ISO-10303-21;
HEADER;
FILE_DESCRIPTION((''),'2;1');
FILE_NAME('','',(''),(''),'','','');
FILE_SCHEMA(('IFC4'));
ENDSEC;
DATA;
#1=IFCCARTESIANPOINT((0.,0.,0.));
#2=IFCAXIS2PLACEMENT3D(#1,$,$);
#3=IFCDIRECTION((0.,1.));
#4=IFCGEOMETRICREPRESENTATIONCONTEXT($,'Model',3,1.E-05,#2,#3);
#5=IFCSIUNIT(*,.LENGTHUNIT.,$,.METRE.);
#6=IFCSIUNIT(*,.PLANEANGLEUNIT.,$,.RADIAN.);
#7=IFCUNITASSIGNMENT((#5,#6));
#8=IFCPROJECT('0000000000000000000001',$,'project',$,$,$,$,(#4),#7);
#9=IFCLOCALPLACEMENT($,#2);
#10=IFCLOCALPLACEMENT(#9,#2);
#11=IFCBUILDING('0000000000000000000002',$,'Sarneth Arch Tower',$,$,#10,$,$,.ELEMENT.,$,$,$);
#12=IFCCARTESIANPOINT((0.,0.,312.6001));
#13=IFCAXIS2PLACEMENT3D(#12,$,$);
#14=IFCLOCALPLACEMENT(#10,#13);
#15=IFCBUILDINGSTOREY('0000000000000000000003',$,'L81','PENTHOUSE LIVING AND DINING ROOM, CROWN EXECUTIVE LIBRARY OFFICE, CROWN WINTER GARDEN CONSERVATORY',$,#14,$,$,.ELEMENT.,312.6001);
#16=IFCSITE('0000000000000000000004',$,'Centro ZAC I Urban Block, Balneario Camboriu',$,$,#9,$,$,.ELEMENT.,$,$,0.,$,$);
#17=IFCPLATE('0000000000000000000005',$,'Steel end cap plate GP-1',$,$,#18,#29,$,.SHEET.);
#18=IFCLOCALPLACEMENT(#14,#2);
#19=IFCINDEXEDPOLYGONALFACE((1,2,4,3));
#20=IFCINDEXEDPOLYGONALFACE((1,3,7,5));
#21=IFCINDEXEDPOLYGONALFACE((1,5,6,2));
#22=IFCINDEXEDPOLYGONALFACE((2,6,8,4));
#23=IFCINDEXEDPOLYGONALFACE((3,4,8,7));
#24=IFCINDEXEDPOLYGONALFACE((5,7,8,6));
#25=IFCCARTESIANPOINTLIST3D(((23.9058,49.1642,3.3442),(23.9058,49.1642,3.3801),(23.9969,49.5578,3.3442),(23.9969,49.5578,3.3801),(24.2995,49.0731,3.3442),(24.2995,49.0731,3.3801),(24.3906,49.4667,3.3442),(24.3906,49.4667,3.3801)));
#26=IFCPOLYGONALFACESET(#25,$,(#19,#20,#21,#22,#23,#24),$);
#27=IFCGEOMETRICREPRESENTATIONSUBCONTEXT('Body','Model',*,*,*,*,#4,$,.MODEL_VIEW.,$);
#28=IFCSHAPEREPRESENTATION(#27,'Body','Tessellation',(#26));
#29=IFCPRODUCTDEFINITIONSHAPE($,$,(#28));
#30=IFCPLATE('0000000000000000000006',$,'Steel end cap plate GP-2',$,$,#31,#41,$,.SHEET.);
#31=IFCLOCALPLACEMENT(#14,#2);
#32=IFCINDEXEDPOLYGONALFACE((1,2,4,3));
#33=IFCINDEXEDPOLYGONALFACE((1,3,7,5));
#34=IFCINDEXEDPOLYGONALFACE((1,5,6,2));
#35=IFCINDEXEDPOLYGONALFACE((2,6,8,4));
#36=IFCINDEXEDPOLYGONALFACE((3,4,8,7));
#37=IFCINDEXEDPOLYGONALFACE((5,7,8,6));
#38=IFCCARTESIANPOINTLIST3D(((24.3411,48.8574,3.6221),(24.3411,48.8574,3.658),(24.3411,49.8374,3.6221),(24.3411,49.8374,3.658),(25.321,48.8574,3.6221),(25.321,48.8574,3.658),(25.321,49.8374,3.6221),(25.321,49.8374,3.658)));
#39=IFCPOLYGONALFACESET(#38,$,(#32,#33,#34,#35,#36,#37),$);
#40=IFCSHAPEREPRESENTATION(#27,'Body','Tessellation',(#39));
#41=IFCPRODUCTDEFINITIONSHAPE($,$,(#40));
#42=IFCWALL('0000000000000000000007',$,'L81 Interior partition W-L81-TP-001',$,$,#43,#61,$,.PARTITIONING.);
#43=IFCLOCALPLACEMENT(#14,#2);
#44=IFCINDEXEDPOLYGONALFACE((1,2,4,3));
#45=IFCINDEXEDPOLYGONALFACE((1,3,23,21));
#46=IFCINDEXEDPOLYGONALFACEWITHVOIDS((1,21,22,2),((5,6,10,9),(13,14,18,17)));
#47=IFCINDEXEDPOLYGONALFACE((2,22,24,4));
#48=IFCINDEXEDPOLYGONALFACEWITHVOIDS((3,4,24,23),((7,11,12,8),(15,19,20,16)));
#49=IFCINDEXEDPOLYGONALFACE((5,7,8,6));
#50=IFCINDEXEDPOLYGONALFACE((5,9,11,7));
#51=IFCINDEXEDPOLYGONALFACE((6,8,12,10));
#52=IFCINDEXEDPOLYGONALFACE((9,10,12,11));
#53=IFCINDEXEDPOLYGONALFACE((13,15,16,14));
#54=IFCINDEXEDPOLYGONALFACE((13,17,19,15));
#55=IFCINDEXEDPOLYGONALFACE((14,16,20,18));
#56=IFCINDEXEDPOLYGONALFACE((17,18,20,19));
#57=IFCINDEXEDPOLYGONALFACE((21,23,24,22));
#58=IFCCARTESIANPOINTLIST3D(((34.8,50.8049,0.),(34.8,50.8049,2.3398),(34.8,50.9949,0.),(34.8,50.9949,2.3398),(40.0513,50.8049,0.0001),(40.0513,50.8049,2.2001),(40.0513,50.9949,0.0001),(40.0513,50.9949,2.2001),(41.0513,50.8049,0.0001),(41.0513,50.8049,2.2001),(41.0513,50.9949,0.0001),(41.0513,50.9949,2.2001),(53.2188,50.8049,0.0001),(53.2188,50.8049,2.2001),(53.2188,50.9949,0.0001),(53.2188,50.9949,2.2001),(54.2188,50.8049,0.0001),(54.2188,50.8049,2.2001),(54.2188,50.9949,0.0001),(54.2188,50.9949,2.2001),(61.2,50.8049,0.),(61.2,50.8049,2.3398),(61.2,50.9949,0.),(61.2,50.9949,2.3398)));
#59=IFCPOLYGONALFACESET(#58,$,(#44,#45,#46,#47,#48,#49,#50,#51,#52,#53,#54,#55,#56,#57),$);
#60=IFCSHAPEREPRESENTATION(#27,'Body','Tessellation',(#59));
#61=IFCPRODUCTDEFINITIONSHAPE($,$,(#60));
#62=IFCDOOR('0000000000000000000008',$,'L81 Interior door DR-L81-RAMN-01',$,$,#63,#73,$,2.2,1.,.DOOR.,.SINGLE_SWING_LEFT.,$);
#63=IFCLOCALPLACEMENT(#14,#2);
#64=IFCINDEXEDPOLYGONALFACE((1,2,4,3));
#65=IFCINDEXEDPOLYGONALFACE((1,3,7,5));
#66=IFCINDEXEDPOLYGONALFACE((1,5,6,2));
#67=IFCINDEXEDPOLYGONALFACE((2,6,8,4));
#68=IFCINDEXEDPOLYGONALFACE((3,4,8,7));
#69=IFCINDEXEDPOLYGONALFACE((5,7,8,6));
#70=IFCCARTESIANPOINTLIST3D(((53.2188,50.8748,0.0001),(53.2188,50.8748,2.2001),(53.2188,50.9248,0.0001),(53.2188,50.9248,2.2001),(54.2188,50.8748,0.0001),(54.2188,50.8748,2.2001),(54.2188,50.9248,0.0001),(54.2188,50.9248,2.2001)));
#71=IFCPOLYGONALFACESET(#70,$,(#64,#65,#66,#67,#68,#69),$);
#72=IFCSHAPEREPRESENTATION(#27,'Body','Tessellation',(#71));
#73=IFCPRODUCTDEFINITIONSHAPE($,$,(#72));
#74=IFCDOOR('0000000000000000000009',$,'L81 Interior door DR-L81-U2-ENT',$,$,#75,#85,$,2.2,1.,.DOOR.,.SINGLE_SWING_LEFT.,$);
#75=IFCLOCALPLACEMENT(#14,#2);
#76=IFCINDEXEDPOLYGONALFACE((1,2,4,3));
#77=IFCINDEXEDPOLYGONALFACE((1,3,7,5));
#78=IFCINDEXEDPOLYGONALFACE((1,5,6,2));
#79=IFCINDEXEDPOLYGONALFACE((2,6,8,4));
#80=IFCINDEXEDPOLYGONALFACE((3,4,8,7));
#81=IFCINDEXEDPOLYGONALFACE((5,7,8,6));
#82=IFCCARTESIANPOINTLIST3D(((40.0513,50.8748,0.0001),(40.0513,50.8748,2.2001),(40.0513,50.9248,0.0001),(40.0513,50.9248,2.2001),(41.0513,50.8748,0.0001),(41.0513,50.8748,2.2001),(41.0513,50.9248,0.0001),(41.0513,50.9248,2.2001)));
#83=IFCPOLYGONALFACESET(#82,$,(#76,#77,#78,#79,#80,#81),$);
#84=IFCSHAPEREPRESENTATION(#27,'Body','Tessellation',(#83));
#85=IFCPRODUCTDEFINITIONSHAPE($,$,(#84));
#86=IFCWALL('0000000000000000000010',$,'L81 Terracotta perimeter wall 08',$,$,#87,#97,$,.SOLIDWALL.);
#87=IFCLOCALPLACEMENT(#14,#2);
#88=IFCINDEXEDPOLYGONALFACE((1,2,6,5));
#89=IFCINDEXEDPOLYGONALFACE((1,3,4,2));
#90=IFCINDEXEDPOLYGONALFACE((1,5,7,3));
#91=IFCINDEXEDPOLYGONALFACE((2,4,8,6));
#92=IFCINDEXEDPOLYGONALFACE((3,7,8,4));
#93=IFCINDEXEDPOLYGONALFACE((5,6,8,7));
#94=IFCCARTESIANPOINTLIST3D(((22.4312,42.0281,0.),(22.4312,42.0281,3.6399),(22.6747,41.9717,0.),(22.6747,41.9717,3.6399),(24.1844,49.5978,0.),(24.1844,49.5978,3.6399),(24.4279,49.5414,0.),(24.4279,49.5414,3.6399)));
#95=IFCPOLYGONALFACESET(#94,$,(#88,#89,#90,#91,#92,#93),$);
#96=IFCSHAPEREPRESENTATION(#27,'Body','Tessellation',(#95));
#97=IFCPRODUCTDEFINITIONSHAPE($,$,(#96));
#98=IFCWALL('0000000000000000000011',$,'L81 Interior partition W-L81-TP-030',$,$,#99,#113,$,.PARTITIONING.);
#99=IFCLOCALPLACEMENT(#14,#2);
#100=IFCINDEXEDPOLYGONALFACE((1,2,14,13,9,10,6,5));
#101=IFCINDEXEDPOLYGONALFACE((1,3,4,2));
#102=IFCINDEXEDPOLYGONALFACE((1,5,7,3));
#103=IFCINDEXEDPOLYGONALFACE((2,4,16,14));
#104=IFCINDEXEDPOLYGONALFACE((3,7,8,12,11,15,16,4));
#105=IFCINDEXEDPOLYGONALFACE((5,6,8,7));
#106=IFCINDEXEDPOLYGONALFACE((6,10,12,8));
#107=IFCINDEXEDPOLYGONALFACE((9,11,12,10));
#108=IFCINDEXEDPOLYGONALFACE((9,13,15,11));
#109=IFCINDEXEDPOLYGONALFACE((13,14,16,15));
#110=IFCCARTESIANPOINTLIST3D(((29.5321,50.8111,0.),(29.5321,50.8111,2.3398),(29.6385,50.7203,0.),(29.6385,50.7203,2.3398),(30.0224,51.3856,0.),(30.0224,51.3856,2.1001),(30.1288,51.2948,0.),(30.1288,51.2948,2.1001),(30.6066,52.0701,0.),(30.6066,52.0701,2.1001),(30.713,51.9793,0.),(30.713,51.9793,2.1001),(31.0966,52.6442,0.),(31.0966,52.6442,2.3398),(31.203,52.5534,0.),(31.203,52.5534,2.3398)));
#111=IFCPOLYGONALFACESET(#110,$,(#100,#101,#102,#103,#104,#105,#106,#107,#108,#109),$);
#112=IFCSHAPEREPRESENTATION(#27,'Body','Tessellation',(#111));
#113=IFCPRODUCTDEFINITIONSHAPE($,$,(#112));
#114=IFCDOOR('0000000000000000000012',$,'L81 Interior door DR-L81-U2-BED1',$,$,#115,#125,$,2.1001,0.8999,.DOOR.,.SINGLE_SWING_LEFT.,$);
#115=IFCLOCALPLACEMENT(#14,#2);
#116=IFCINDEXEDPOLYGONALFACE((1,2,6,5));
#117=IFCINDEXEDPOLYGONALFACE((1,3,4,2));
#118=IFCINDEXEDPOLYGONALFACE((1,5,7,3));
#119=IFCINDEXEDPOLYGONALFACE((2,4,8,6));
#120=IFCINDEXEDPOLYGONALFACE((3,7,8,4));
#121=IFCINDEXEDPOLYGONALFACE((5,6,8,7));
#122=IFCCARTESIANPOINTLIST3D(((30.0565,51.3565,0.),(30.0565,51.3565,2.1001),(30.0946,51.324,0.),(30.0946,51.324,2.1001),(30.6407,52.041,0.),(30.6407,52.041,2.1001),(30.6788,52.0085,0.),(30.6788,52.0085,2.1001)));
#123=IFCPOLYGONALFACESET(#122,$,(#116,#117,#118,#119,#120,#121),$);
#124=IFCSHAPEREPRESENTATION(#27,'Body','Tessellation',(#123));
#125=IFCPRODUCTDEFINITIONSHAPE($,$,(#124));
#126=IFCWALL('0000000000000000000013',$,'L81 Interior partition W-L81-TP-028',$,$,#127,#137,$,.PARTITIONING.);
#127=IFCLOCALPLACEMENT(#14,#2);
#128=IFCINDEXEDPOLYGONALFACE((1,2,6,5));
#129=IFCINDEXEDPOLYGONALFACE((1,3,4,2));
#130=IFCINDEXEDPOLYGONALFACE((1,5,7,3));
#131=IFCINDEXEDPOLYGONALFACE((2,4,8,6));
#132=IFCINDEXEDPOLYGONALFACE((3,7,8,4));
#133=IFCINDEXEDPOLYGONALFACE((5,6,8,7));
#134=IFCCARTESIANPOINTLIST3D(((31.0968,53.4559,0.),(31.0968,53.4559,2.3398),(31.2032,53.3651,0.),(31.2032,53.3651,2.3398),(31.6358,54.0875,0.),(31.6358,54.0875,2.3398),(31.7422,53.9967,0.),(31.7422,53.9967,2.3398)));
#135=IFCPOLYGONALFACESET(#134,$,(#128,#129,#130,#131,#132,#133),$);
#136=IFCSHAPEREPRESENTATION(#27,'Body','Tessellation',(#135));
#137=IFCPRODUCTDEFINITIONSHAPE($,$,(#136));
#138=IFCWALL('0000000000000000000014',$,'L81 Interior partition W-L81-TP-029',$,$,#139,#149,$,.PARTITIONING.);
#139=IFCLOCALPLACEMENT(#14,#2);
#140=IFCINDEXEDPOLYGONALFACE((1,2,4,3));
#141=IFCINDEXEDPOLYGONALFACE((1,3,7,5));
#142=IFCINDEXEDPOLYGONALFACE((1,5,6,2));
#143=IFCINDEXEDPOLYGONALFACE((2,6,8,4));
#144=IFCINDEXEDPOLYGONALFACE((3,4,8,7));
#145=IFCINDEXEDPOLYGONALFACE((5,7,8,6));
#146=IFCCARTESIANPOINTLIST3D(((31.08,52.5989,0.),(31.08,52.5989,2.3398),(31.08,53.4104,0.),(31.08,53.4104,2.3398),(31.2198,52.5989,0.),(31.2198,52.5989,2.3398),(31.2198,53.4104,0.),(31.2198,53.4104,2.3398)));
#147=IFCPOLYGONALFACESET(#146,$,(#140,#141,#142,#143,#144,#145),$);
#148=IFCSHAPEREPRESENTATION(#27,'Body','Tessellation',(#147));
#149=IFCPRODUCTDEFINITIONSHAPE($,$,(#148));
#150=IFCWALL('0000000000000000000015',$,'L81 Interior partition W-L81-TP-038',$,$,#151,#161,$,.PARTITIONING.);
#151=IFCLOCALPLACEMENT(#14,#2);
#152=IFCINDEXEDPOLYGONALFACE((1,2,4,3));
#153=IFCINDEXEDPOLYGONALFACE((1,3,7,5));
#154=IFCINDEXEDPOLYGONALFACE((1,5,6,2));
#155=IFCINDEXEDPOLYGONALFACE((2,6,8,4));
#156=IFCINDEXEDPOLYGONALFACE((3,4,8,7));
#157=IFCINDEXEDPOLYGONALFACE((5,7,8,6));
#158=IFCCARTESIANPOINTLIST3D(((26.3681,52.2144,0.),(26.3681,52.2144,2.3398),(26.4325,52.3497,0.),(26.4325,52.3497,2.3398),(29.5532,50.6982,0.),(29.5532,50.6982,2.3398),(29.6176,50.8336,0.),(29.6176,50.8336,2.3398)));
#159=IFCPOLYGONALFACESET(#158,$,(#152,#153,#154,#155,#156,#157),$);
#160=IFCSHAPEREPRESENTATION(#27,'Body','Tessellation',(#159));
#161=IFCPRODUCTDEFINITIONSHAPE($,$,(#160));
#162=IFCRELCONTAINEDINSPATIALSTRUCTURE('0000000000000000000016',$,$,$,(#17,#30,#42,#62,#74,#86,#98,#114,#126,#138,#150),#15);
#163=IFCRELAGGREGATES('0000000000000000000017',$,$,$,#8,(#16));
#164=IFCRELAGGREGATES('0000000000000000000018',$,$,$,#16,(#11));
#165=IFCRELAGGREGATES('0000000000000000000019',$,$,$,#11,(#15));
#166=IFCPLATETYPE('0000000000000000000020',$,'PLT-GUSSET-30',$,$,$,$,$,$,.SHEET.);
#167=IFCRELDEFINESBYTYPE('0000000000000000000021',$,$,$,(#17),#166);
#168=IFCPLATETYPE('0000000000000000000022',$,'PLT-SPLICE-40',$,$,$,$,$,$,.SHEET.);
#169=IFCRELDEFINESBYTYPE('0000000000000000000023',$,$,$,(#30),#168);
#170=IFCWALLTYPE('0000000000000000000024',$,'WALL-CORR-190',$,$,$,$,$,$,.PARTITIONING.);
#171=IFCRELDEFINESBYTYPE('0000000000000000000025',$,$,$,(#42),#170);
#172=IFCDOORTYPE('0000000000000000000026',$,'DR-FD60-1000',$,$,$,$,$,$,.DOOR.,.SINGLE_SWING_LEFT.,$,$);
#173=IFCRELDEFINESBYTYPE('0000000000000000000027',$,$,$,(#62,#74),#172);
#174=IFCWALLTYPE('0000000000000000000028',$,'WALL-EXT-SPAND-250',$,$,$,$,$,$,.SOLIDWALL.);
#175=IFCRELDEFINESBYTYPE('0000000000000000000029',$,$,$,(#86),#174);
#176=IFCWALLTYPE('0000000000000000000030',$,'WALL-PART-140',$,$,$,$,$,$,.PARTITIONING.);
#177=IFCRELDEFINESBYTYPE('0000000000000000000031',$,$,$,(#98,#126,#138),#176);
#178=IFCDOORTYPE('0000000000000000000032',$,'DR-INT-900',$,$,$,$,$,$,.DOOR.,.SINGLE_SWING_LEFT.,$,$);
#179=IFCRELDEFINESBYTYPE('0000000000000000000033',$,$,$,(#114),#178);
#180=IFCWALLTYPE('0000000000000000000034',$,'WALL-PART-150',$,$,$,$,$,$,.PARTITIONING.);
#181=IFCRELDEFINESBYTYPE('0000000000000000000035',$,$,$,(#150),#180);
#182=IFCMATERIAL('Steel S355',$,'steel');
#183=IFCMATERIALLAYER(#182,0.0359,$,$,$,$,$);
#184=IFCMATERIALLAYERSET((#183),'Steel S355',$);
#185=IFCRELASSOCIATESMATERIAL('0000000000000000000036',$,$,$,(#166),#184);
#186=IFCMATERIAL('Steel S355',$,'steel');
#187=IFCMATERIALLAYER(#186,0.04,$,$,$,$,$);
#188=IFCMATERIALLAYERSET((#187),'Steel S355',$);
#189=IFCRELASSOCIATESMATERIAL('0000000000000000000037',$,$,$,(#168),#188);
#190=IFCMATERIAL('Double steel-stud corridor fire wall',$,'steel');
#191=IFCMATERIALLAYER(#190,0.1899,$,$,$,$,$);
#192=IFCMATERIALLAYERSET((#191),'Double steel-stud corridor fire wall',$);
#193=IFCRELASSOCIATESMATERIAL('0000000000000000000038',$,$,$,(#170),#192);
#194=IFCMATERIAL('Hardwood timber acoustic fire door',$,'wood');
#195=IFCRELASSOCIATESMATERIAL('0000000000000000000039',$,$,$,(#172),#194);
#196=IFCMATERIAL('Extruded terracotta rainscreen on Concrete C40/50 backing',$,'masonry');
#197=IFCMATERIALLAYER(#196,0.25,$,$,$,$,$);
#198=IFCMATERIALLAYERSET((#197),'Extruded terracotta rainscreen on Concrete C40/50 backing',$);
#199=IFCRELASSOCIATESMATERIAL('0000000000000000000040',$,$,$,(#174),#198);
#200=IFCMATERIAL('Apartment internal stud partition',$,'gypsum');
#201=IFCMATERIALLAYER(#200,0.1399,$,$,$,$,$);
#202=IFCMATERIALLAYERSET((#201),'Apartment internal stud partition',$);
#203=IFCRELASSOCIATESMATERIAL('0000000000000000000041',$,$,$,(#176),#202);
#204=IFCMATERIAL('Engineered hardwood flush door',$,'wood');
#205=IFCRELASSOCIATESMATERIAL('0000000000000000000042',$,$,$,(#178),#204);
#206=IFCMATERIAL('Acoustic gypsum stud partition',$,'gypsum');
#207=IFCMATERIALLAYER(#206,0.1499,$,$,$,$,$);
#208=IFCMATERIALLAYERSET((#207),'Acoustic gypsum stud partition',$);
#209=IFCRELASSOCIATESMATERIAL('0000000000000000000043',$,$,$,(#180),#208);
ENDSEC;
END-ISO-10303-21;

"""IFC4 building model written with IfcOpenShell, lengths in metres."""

from ifc_helpers import new_model, si_unit, direction, frame, frame_2d, origin, origin_2d, place, context, subcontext, project, spatial, rectangle, extrude, material, layer, layer_set, type_object, element, fill, save


model = new_model("IFC4")

# Units and contexts
model_context = context("Model", 3, precision=1e-05, world=origin(), true_north=direction((0.0, 1.0)))
body_context = subcontext(model_context, "Body", "Model", "MODEL_VIEW")
ifc_project = project(units=[si_unit("LENGTHUNIT", "METRE"), si_unit("PLANEANGLEUNIT", "RADIAN")], contexts=[model_context])

# Site, building, storey
site_placement = place(None, origin())
site = spatial("IfcSite", under=ifc_project, at=site_placement, Name="Centro ZAC I Urban Block, Balneario Camboriu", CompositionType="ELEMENT", RefElevation=0.0)
building_placement = place(site_placement, origin())
building = spatial("IfcBuilding", under=site, at=building_placement, Name="Sarneth Arch Tower", CompositionType="ELEMENT")
storey_placement = place(building_placement, frame((0.0, 0.0, 312.6001)))
storey = spatial("IfcBuildingStorey", under=building, at=storey_placement, Name="L81", Description="PENTHOUSE LIVING AND DINING ROOM, CROWN EXECUTIVE LIBRARY OFFICE, CROWN WINTER GARDEN CONSERVATORY", CompositionType="ELEMENT", Elevation=312.6001)

# Plates
ifc_material_1 = material(Name="Steel S355", Category="steel")
ifc_layer_1 = layer(ifc_material_1, 0.0359)
ifc_layer_set_1 = layer_set([ifc_layer_1], Name="Steel S355")
plate_type_1 = type_object("IfcPlateType", Name="PLT-GUSSET-30", PredefinedType="SHEET", material=ifc_layer_set_1)
for number, where, z_axis, x_axis, name in (
    (1, (24.1482, 49.3154, 3.3442), (0.0, 0.0, 1.0), (-0.225461, -0.974252, 0.0), "Steel end cap plate GP-1"),
):
    element("IfcPlate", number, at=place(storey_placement, frame(where, z_axis=z_axis, x_axis=x_axis)), inside=storey, type_object=plate_type_1, Name=name, PredefinedType="SHEET", context=body_context, shape_type="SweptSolid", body=[
        extrude(rectangle(XDim=0.4041, YDim=0.4041, at=origin_2d()), origin(), (0.0, 0.0, 1.0), 0.0359),
    ])
ifc_material_2 = material(Name="Steel S355", Category="steel")
ifc_layer_2 = layer(ifc_material_2, 0.04)
ifc_layer_set_2 = layer_set([ifc_layer_2], Name="Steel S355")
plate_type_2 = type_object("IfcPlateType", Name="PLT-SPLICE-40", PredefinedType="SHEET", material=ifc_layer_set_2)
plate_placement = place(storey_placement, frame((24.8311, 49.3474, 3.6221), z_axis=(0.0, 0.0, 1.0), x_axis=(1.0, 0.0, 0.0)))
element("IfcPlate", 2, at=plate_placement, inside=storey, type_object=plate_type_2, Name="Steel end cap plate GP-2", PredefinedType="SHEET", context=body_context, shape_type="SweptSolid", body=[
    extrude(rectangle(XDim=0.98, YDim=0.98, at=origin_2d()), origin(), (0.0, 0.0, 1.0), 0.0359),
])

# Wall, openings, doors
ifc_material_3 = material(Name="Double steel-stud corridor fire wall", Category="steel")
ifc_layer_3 = layer(ifc_material_3, 0.1899)
ifc_layer_set_3 = layer_set([ifc_layer_3], Name="Double steel-stud corridor fire wall")
wall_type_1 = type_object("IfcWallType", Name="WALL-CORR-190", PredefinedType="PARTITIONING", material=ifc_layer_set_3)
wall_1_placement = place(storey_placement, frame((34.8, 50.8999, 0.0), z_axis=(0.0, 0.0, 1.0), x_axis=(1.0, 0.0, 0.0)))
wall_1 = element("IfcWall", 3, at=wall_1_placement, inside=storey, type_object=wall_type_1, Name="L81 Interior partition W-L81-TP-001", PredefinedType="PARTITIONING", context=body_context, shape_type="SweptSolid", body=[
    extrude(rectangle(XDim=26.3999, YDim=0.1899, at=frame_2d((13.2, 0.0))), origin(), (0.0, 0.0, 1.0), 2.3398),
])
opening_1_placement = place(wall_1_placement, frame((18.4187, 0.0, 0.0)))
opening_1 = element("IfcOpeningElement", 4, at=opening_1_placement, cuts=wall_1, PredefinedType="OPENING", context=body_context, shape_type="SweptSolid", body=[
    extrude(rectangle(XDim=1.0, YDim=2.2, at=frame_2d((0.5, 1.1001))), frame((0.0, 0.105, 0.0), z_axis=(0.0, -1.0, 0.0), x_axis=(1.0, 0.0, 0.0)), (0.0, 0.0, 1.0), 0.21),
])
opening_2_placement = place(wall_1_placement, frame((5.2512, 0.0, 0.0)))
opening_2 = element("IfcOpeningElement", 5, at=opening_2_placement, cuts=wall_1, PredefinedType="OPENING", context=body_context, shape_type="SweptSolid", body=[
    extrude(rectangle(XDim=1.0, YDim=2.2, at=frame_2d((0.5, 1.1001))), frame((0.0, 0.105, 0.0), z_axis=(0.0, -1.0, 0.0), x_axis=(1.0, 0.0, 0.0)), (0.0, 0.0, 1.0), 0.21),
])
ifc_material_4 = material(Name="Hardwood timber acoustic fire door", Category="wood")
door_type_1 = type_object("IfcDoorType", Name="DR-FD60-1000", OperationType="SINGLE_SWING_LEFT", PredefinedType="DOOR", material=ifc_material_4)
door_1_placement = place(opening_1_placement, origin())
door_1 = element("IfcDoor", 6, at=door_1_placement, inside=storey, type_object=door_type_1, Name="L81 Interior door DR-L81-RAMN-01", OperationType="SINGLE_SWING_LEFT", OverallHeight=2.2, OverallWidth=1.0, PredefinedType="DOOR", context=body_context, shape_type="SweptSolid", body=[
    extrude(rectangle(XDim=1.0, YDim=2.2, at=frame_2d((0.5, 1.1001))), frame((0.0, 0.0249, 0.0), z_axis=(0.0, -1.0, 0.0), x_axis=(1.0, 0.0, 0.0)), (0.0, 0.0, 1.0), 0.05),
])
fill(opening_1, door_1)
door_2_placement = place(opening_2_placement, origin())
door_2 = element("IfcDoor", 7, at=door_2_placement, inside=storey, type_object=door_type_1, Name="L81 Interior door DR-L81-U2-ENT", OperationType="SINGLE_SWING_LEFT", OverallHeight=2.2, OverallWidth=1.0, PredefinedType="DOOR", context=body_context, shape_type="SweptSolid", body=[
    extrude(rectangle(XDim=1.0, YDim=2.2, at=frame_2d((0.5, 1.1001))), frame((0.0, 0.0249, 0.0), z_axis=(0.0, -1.0, 0.0), x_axis=(1.0, 0.0, 0.0)), (0.0, 0.0, 1.0), 0.05),
])
fill(opening_2, door_2)

# Wall
ifc_material_5 = material(Name="Extruded terracotta rainscreen on Concrete C40/50 backing", Category="masonry")
ifc_layer_4 = layer(ifc_material_5, 0.25)
ifc_layer_set_4 = layer_set([ifc_layer_4], Name="Extruded terracotta rainscreen on Concrete C40/50 backing")
wall_type_2 = type_object("IfcWallType", Name="WALL-EXT-SPAND-250", PredefinedType="SOLIDWALL", material=ifc_layer_set_4)
wall_2_placement = place(storey_placement, frame((24.3062, 49.5696, 0.0), z_axis=(0.0, 0.0, 1.0), x_axis=(-0.225635, -0.974212, 0.0)))
element("IfcWall", 8, at=wall_2_placement, inside=storey, type_object=wall_type_2, Name="L81 Terracotta perimeter wall 08", PredefinedType="SOLIDWALL", context=body_context, shape_type="SweptSolid", body=[
    extrude(rectangle(XDim=7.77, YDim=0.25, at=frame_2d((3.885, 0.0))), origin(), (0.0, 0.0, 1.0), 3.6399),
])

# Wall, opening, door
ifc_material_6 = material(Name="Apartment internal stud partition", Category="gypsum")
ifc_layer_5 = layer(ifc_material_6, 0.1399)
ifc_layer_set_5 = layer_set([ifc_layer_5], Name="Apartment internal stud partition")
wall_type_3 = type_object("IfcWallType", Name="WALL-PART-140", PredefinedType="PARTITIONING", material=ifc_layer_set_5)
wall_3_placement = place(storey_placement, frame((31.1499, 52.5989, 0.0), z_axis=(0.0, 0.0, 1.0), x_axis=(-0.649188, -0.760628, 0.0)))
wall_3 = element("IfcWall", 9, at=wall_3_placement, inside=storey, type_object=wall_type_3, Name="L81 Interior partition W-L81-TP-030", PredefinedType="PARTITIONING", context=body_context, shape_type="SweptSolid", body=[
    extrude(rectangle(XDim=2.4099, YDim=0.1399, at=frame_2d((1.2051, 0.0))), origin(), (0.0, 0.0, 1.0), 2.3398),
])
opening_3_placement = place(wall_3_placement, frame((0.7549, 0.0, 0.0)))
opening_3 = element("IfcOpeningElement", 10, at=opening_3_placement, cuts=wall_3, PredefinedType="OPENING", context=body_context, shape_type="SweptSolid", body=[
    extrude(rectangle(XDim=0.8999, YDim=2.1001, at=frame_2d((0.45, 1.05))), frame((0.0, 0.0798, 0.0), z_axis=(0.0, -1.0, 0.0), x_axis=(1.0, 0.0, 0.0)), (0.0, 0.0, 1.0), 0.1599),
])
ifc_material_7 = material(Name="Engineered hardwood flush door", Category="wood")
door_type_2 = type_object("IfcDoorType", Name="DR-INT-900", OperationType="SINGLE_SWING_LEFT", PredefinedType="DOOR", material=ifc_material_7)
door_3_placement = place(opening_3_placement, origin())
door_3 = element("IfcDoor", 11, at=door_3_placement, inside=storey, type_object=door_type_2, Name="L81 Interior door DR-L81-U2-BED1", OperationType="SINGLE_SWING_LEFT", OverallHeight=2.1001, OverallWidth=0.8999, PredefinedType="DOOR", context=body_context, shape_type="SweptSolid", body=[
    extrude(rectangle(XDim=0.8999, YDim=2.1001, at=frame_2d((0.45, 1.05))), frame((0.0, 0.0249, 0.0), z_axis=(0.0, -1.0, 0.0), x_axis=(1.0, 0.0, 0.0)), (0.0, 0.0, 1.0), 0.05),
])
fill(opening_3, door_3)

# Walls
wall_4_placement = place(storey_placement, frame((31.689, 54.042, 0.0), z_axis=(0.0, 0.0, 1.0), x_axis=(-0.649192, -0.760625, 0.0)))
element("IfcWall", 12, at=wall_4_placement, inside=storey, type_object=wall_type_3, Name="L81 Interior partition W-L81-TP-028", PredefinedType="PARTITIONING", context=body_context, shape_type="SweptSolid", body=[
    extrude(rectangle(XDim=0.8303, YDim=0.1399, at=frame_2d((0.415, 0.0))), origin(), (0.0, 0.0, 1.0), 2.3398),
])
wall_5_placement = place(storey_placement, frame((31.1499, 53.4104, 0.0), z_axis=(0.0, 0.0, 1.0), x_axis=(0.0, -1.0, 0.0)))
element("IfcWall", 13, at=wall_5_placement, inside=storey, type_object=wall_type_3, Name="L81 Interior partition W-L81-TP-029", PredefinedType="PARTITIONING", context=body_context, shape_type="SweptSolid", body=[
    extrude(rectangle(XDim=0.8115, YDim=0.1399, at=frame_2d((0.4058, 0.0))), origin(), (0.0, 0.0, 1.0), 2.3398),
])
ifc_material_8 = material(Name="Acoustic gypsum stud partition", Category="gypsum")
ifc_layer_6 = layer(ifc_material_8, 0.1499)
ifc_layer_set_6 = layer_set([ifc_layer_6], Name="Acoustic gypsum stud partition")
wall_type_4 = type_object("IfcWallType", Name="WALL-PART-150", PredefinedType="PARTITIONING", material=ifc_layer_set_6)
wall_6_placement = place(storey_placement, frame((26.4004, 52.282, 0.0), z_axis=(0.0, 0.0, 1.0), x_axis=(0.902924, -0.429799, 0.0)))
element("IfcWall", 14, at=wall_6_placement, inside=storey, type_object=wall_type_4, Name="L81 Interior partition W-L81-TP-038", PredefinedType="PARTITIONING", context=body_context, shape_type="SweptSolid", body=[
    extrude(rectangle(XDim=3.5276, YDim=0.1499, at=frame_2d((1.7637, 0.0))), origin(), (0.0, 0.0, 1.0), 2.3398),
])

save(model, "model.ifc")
